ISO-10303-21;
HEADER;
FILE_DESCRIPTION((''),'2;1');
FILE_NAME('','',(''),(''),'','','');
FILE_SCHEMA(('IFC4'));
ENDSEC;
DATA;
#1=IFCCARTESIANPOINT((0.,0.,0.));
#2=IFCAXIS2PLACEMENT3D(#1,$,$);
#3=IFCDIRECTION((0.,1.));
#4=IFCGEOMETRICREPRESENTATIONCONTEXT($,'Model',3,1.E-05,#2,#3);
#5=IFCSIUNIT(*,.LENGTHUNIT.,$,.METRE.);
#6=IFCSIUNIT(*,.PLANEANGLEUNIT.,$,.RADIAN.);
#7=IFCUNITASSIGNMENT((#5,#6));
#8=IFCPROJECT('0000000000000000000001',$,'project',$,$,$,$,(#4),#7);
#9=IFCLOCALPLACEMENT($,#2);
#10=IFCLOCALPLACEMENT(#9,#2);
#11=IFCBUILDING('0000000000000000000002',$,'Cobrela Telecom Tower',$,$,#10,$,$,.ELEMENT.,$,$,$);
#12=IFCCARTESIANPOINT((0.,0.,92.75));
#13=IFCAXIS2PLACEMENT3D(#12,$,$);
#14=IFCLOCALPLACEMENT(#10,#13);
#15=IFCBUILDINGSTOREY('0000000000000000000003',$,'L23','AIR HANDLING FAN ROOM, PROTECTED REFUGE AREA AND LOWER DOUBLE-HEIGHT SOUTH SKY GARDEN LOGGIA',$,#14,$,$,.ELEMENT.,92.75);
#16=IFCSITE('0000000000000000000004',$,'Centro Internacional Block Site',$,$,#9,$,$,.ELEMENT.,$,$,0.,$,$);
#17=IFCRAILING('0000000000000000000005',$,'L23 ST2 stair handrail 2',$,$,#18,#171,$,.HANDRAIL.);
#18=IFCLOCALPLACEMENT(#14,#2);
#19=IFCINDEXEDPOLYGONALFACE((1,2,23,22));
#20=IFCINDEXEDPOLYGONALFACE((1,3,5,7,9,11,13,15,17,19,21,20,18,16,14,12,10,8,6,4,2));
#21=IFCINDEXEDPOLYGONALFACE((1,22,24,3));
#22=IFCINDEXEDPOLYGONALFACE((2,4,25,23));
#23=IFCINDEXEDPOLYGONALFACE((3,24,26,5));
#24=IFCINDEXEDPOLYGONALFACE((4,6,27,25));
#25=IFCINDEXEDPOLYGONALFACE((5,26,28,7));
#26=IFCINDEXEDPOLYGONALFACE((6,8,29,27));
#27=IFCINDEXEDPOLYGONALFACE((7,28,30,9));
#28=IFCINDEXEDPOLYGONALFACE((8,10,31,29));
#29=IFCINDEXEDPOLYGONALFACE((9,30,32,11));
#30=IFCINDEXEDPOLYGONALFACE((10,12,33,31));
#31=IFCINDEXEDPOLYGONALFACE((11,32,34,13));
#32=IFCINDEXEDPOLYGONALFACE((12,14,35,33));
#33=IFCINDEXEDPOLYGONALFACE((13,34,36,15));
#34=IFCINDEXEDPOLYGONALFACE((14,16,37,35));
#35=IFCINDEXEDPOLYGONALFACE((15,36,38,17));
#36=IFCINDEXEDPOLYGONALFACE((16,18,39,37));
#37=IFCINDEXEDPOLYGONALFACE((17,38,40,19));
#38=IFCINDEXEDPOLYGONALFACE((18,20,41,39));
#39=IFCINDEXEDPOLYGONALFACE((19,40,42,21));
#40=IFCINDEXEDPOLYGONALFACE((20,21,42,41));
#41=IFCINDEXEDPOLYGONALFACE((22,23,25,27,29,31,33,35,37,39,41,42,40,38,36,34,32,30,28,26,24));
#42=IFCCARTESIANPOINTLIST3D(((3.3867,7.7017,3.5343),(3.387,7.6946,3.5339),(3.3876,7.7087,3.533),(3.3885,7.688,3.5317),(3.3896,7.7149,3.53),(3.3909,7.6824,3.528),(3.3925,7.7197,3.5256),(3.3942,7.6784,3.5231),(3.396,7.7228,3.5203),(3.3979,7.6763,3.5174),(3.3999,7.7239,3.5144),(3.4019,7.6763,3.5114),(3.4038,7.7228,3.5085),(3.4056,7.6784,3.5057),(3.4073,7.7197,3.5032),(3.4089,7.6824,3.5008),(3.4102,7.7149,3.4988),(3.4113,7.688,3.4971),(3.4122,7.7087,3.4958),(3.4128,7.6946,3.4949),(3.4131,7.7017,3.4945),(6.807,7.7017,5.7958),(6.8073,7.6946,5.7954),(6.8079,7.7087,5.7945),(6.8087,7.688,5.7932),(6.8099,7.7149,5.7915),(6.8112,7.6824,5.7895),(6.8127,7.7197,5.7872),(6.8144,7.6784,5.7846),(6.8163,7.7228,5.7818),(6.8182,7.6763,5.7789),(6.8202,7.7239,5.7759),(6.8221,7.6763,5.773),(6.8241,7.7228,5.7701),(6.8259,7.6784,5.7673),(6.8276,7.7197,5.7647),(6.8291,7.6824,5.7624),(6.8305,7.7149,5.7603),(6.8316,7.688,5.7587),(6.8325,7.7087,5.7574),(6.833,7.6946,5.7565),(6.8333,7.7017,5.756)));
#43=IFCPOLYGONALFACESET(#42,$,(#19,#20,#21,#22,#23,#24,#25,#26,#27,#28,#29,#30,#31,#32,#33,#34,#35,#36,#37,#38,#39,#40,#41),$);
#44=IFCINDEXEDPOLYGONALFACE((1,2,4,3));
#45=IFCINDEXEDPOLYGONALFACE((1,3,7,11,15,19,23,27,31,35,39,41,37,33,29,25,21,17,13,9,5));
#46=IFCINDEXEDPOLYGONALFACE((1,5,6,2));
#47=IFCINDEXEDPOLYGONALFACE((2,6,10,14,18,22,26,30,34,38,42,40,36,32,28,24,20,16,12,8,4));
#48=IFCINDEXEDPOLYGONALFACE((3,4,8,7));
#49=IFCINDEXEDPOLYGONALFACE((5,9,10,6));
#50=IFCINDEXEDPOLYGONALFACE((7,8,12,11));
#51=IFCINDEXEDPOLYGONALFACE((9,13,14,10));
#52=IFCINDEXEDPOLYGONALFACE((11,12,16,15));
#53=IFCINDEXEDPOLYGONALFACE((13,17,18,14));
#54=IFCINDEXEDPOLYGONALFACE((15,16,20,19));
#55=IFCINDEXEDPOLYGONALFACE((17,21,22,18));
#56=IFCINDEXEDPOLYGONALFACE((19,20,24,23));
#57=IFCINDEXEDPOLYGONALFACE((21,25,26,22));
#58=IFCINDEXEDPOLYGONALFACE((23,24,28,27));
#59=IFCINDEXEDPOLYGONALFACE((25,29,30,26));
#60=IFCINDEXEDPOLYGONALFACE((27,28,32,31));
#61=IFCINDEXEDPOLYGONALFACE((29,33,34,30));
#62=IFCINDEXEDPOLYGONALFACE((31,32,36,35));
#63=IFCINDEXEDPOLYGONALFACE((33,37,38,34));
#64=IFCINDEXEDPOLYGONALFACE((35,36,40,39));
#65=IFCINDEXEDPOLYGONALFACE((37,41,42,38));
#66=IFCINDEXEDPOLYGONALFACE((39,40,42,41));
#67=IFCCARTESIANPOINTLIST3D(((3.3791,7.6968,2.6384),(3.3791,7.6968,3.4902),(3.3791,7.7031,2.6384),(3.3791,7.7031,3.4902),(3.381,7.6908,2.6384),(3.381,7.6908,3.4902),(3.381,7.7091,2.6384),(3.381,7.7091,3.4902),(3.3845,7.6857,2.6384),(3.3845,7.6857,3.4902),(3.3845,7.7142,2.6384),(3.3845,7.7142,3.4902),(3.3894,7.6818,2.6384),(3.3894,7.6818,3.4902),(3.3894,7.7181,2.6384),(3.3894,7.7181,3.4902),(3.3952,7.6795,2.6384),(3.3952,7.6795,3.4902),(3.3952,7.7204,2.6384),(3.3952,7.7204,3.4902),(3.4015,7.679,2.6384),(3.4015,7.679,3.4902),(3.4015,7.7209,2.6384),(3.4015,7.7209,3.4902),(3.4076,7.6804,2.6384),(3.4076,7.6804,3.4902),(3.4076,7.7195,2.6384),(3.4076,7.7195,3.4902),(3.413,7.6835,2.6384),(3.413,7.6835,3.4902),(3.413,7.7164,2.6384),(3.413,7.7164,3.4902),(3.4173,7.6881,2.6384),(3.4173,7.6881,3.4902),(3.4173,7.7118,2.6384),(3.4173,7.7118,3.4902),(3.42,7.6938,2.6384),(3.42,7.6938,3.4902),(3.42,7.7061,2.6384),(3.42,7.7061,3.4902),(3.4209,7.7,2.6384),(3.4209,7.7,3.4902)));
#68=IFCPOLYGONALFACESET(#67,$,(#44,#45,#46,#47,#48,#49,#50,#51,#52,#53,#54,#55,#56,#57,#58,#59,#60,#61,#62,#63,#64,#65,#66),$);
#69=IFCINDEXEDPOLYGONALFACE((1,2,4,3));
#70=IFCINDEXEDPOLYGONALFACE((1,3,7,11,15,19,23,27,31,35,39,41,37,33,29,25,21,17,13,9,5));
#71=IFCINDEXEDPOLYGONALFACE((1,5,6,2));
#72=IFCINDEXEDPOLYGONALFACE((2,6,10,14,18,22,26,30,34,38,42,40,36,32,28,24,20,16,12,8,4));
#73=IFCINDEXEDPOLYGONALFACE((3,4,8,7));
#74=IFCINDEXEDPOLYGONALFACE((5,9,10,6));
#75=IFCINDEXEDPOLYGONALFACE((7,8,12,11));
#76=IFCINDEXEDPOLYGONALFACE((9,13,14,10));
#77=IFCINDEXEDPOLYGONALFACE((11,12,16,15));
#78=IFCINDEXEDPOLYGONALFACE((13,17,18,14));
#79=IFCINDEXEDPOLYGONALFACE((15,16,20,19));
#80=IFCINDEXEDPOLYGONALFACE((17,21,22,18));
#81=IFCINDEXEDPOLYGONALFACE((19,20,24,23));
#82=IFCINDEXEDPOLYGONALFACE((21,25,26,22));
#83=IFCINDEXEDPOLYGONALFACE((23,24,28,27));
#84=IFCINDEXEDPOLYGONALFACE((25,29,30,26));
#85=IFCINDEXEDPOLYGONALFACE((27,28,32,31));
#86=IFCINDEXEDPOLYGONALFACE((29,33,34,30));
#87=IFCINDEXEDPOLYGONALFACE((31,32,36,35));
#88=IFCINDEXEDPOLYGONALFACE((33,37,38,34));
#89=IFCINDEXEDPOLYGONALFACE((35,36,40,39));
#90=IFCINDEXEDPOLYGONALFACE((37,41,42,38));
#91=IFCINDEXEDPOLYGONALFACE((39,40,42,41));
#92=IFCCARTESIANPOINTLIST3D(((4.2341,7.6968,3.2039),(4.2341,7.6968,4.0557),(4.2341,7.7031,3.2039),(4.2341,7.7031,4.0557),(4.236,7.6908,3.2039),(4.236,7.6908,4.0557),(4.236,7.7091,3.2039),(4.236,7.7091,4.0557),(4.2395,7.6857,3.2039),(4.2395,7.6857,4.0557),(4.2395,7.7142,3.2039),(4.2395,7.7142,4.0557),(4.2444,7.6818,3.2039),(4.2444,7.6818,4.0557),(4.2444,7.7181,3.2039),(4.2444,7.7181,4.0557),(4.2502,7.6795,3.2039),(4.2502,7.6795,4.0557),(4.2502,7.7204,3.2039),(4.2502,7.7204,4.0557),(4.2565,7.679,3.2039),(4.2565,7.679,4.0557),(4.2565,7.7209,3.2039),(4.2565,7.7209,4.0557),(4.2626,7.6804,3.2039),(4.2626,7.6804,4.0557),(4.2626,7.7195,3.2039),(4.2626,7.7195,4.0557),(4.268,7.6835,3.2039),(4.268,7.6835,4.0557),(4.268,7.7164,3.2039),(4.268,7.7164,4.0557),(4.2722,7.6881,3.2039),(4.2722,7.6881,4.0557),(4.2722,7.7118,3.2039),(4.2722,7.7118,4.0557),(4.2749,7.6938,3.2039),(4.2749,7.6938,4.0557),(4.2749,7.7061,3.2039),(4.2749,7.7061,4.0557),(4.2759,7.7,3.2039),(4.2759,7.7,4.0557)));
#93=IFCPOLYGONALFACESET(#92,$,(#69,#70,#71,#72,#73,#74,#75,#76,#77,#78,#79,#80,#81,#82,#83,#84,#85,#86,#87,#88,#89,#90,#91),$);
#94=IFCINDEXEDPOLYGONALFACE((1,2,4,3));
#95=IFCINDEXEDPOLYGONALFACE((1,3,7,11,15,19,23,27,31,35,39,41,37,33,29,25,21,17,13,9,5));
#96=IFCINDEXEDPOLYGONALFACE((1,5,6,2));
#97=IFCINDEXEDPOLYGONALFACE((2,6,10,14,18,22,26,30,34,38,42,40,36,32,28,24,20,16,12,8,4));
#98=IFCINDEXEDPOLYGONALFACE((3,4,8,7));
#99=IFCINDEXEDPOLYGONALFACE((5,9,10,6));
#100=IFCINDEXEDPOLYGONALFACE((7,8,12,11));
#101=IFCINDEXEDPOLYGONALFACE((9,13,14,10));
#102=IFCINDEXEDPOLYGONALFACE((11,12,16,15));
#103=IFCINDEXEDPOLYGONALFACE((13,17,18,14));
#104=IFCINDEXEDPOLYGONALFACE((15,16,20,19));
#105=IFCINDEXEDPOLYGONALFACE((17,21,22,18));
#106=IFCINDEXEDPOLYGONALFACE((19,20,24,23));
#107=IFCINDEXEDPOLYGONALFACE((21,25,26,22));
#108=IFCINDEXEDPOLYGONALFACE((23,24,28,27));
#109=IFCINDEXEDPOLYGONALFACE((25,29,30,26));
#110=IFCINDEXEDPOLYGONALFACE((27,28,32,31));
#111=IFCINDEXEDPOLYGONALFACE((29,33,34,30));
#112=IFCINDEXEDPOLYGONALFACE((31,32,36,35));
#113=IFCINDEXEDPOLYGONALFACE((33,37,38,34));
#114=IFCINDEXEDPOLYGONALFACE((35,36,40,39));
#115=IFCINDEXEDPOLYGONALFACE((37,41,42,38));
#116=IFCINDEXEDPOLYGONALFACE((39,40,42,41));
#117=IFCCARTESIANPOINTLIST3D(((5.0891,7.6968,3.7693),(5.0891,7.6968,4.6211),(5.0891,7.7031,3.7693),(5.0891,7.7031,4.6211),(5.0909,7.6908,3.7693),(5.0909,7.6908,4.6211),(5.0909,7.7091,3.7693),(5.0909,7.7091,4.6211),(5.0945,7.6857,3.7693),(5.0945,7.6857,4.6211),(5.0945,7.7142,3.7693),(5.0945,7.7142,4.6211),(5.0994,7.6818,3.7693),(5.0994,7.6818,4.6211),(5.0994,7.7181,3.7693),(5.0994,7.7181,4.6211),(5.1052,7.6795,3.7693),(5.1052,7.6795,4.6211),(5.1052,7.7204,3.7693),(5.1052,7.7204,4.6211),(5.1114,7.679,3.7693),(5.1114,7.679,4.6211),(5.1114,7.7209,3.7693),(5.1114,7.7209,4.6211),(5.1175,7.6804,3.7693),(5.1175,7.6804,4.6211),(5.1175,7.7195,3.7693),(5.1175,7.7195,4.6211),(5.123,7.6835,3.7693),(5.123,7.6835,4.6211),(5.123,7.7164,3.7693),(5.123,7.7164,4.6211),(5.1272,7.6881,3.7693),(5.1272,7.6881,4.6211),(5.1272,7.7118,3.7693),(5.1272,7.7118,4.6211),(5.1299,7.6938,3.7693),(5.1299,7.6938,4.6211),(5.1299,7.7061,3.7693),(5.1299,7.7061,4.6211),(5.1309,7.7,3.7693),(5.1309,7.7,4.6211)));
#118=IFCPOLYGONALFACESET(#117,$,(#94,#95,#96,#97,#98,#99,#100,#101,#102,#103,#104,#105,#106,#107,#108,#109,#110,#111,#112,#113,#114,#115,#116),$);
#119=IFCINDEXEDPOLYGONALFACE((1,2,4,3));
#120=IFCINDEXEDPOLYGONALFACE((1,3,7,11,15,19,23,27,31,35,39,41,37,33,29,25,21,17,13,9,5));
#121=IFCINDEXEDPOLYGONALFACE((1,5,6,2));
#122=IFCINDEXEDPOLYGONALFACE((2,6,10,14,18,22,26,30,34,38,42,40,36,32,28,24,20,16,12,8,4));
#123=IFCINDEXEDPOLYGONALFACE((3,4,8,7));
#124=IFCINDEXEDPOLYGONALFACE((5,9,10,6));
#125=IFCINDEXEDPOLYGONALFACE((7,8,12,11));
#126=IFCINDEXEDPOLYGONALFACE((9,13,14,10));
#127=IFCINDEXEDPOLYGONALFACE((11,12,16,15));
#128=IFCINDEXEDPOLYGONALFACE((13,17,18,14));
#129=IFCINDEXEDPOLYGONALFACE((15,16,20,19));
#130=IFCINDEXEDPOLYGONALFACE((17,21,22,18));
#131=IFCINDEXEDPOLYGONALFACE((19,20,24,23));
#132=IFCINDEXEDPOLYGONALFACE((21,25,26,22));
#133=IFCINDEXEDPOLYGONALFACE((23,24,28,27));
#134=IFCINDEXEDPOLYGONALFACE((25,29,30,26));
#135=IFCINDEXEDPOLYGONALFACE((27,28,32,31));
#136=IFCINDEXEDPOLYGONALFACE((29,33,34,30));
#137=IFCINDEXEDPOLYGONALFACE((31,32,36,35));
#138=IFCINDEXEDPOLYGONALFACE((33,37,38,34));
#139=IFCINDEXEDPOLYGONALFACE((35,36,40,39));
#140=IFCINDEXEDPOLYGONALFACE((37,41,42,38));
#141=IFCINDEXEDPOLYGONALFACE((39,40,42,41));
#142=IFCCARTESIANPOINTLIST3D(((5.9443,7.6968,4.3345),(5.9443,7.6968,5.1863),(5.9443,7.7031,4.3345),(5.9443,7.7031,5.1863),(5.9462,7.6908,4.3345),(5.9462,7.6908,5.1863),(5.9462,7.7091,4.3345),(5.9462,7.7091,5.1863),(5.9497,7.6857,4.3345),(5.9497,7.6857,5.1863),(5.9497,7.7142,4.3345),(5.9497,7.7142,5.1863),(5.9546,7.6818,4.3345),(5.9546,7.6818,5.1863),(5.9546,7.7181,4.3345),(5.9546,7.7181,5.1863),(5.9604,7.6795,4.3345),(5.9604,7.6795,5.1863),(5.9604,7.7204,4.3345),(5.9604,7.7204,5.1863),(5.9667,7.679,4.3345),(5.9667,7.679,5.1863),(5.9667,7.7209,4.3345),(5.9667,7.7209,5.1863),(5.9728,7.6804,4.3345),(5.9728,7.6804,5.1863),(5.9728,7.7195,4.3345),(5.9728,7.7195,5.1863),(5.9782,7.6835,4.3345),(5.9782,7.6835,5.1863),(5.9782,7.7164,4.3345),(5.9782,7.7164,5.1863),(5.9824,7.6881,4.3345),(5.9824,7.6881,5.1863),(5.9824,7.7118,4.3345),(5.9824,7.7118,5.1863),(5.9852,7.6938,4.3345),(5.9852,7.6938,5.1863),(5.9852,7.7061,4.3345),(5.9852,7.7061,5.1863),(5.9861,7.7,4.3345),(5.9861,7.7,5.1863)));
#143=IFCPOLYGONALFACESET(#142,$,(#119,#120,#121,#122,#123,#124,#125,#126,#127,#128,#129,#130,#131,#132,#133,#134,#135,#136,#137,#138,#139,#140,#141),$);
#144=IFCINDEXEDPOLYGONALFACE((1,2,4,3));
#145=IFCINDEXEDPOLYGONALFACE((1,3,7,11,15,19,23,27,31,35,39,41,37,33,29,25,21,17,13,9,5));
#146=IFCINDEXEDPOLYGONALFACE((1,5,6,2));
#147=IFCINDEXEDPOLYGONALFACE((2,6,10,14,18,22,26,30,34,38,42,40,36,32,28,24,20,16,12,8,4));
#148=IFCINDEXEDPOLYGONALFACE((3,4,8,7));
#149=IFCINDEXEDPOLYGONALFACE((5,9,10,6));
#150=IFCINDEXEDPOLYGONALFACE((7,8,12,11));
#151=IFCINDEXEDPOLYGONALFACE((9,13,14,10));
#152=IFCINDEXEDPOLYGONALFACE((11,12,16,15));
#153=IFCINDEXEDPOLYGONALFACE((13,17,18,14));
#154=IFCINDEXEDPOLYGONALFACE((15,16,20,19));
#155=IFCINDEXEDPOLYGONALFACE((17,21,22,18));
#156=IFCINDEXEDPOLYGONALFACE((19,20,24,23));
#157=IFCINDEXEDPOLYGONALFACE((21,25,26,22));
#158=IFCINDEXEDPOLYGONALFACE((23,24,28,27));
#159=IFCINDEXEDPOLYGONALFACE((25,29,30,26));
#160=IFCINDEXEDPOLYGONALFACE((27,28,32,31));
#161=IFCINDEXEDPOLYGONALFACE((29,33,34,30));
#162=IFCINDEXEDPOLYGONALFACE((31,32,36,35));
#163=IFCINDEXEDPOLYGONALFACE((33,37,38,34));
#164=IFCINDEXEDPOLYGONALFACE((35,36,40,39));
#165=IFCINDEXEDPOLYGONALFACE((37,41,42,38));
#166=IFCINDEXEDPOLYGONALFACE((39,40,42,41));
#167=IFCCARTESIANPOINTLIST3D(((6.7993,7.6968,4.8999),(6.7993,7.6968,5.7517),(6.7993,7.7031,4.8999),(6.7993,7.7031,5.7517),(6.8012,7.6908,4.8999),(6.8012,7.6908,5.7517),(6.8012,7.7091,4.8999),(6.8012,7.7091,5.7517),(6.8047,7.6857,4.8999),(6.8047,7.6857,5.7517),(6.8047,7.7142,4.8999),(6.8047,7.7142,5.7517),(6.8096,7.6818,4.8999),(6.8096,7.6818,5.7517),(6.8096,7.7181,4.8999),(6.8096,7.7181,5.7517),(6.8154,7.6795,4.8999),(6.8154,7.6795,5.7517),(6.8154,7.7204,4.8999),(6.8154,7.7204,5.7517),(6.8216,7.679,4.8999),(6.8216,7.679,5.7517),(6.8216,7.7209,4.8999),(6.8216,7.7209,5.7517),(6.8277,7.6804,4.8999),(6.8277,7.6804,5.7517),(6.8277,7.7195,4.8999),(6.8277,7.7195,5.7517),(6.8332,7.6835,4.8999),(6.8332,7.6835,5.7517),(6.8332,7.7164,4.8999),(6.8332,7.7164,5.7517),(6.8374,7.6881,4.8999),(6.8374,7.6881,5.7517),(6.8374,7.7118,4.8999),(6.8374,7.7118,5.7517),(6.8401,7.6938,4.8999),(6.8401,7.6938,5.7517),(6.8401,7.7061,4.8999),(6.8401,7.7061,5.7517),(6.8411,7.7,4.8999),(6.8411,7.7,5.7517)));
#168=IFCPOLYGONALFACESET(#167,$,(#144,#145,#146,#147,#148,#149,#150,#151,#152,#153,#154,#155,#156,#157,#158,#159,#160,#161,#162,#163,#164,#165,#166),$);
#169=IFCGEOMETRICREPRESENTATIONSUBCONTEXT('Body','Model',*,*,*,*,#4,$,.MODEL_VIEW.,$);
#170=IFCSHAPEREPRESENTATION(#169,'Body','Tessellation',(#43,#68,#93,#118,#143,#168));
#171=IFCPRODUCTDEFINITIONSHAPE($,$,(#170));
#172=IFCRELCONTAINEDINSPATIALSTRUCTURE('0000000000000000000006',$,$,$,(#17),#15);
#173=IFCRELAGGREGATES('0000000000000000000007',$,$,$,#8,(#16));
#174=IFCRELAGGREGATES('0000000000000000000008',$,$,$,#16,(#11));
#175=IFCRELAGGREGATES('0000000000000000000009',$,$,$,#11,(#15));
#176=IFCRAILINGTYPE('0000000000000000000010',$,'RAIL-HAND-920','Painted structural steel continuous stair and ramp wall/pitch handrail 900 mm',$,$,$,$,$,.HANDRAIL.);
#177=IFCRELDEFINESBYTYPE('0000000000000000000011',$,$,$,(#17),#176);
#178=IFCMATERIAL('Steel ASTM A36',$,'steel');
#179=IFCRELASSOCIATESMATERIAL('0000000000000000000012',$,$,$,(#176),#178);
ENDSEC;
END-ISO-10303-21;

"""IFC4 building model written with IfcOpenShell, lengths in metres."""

from ifc_helpers import new_model, si_unit, direction, frame, origin, origin_2d, place, context, subcontext, project, spatial, circle, extrude, material, type_object, element, save


model = new_model("IFC4")

# Units and contexts
model_context = context("Model", 3, precision=1e-05, world=origin(), true_north=direction((0.0, 1.0)))
body_context = subcontext(model_context, "Body", "Model", "MODEL_VIEW")
ifc_project = project(units=[si_unit("LENGTHUNIT", "METRE"), si_unit("PLANEANGLEUNIT", "RADIAN")], contexts=[model_context])

# Site, building, storey
site_placement = place(None, origin())
site = spatial("IfcSite", under=ifc_project, at=site_placement, Name="Centro Internacional Block Site", CompositionType="ELEMENT", RefElevation=0.0)
building_placement = place(site_placement, origin())
building = spatial("IfcBuilding", under=site, at=building_placement, Name="Cobrela Telecom Tower", CompositionType="ELEMENT")
storey_placement = place(building_placement, frame((0.0, 0.0, 92.75)))
storey = spatial("IfcBuildingStorey", under=building, at=storey_placement, Name="L23", Description="AIR HANDLING FAN ROOM, PROTECTED REFUGE AREA AND LOWER DOUBLE-HEIGHT SOUTH SKY GARDEN LOGGIA", CompositionType="ELEMENT", Elevation=92.75)

# Railing
ifc_material_1 = material(Name="Steel ASTM A36", Category="steel")
railing_type_1 = type_object("IfcRailingType", Name="RAIL-HAND-920", Description="Painted structural steel continuous stair and ramp wall/pitch handrail 900 mm", PredefinedType="HANDRAIL", material=ifc_material_1)
railing_1_placement = place(storey_placement, frame((3.3999, 7.7, 2.6384)))
element("IfcRailing", 1, at=railing_1_placement, inside=storey, type_object=railing_type_1, Name="L23 ST2 stair handrail 2", PredefinedType="HANDRAIL", context=body_context, shape_type="SweptSolid", body=[
    extrude(circle(Radius=0.0239, at=origin_2d()), frame((0.0, 0.0, 0.876), z_axis=(0.834142, 0.0, 0.55155), x_axis=(0.0, 1.0, 0.0)), (0.0, 0.0, 1.0), 4.1003),
    extrude(circle(Radius=0.021, at=origin_2d()), origin(), (0.0, 0.0, 1.0), 0.8518),
    extrude(circle(Radius=0.021, at=origin_2d()), frame((0.855, 0.0, 0.5654)), (0.0, 0.0, 1.0), 0.8518),
    extrude(circle(Radius=0.021, at=origin_2d()), frame((1.71, 0.0, 1.1309)), (0.0, 0.0, 1.0), 0.8518),
    extrude(circle(Radius=0.021, at=origin_2d()), frame((2.5652, 0.0, 1.696)), (0.0, 0.0, 1.0), 0.8518),
    extrude(circle(Radius=0.021, at=origin_2d()), frame((3.4202, 0.0, 2.2615)), (0.0, 0.0, 1.0), 0.8518),
])

save(model, "model.ifc")
